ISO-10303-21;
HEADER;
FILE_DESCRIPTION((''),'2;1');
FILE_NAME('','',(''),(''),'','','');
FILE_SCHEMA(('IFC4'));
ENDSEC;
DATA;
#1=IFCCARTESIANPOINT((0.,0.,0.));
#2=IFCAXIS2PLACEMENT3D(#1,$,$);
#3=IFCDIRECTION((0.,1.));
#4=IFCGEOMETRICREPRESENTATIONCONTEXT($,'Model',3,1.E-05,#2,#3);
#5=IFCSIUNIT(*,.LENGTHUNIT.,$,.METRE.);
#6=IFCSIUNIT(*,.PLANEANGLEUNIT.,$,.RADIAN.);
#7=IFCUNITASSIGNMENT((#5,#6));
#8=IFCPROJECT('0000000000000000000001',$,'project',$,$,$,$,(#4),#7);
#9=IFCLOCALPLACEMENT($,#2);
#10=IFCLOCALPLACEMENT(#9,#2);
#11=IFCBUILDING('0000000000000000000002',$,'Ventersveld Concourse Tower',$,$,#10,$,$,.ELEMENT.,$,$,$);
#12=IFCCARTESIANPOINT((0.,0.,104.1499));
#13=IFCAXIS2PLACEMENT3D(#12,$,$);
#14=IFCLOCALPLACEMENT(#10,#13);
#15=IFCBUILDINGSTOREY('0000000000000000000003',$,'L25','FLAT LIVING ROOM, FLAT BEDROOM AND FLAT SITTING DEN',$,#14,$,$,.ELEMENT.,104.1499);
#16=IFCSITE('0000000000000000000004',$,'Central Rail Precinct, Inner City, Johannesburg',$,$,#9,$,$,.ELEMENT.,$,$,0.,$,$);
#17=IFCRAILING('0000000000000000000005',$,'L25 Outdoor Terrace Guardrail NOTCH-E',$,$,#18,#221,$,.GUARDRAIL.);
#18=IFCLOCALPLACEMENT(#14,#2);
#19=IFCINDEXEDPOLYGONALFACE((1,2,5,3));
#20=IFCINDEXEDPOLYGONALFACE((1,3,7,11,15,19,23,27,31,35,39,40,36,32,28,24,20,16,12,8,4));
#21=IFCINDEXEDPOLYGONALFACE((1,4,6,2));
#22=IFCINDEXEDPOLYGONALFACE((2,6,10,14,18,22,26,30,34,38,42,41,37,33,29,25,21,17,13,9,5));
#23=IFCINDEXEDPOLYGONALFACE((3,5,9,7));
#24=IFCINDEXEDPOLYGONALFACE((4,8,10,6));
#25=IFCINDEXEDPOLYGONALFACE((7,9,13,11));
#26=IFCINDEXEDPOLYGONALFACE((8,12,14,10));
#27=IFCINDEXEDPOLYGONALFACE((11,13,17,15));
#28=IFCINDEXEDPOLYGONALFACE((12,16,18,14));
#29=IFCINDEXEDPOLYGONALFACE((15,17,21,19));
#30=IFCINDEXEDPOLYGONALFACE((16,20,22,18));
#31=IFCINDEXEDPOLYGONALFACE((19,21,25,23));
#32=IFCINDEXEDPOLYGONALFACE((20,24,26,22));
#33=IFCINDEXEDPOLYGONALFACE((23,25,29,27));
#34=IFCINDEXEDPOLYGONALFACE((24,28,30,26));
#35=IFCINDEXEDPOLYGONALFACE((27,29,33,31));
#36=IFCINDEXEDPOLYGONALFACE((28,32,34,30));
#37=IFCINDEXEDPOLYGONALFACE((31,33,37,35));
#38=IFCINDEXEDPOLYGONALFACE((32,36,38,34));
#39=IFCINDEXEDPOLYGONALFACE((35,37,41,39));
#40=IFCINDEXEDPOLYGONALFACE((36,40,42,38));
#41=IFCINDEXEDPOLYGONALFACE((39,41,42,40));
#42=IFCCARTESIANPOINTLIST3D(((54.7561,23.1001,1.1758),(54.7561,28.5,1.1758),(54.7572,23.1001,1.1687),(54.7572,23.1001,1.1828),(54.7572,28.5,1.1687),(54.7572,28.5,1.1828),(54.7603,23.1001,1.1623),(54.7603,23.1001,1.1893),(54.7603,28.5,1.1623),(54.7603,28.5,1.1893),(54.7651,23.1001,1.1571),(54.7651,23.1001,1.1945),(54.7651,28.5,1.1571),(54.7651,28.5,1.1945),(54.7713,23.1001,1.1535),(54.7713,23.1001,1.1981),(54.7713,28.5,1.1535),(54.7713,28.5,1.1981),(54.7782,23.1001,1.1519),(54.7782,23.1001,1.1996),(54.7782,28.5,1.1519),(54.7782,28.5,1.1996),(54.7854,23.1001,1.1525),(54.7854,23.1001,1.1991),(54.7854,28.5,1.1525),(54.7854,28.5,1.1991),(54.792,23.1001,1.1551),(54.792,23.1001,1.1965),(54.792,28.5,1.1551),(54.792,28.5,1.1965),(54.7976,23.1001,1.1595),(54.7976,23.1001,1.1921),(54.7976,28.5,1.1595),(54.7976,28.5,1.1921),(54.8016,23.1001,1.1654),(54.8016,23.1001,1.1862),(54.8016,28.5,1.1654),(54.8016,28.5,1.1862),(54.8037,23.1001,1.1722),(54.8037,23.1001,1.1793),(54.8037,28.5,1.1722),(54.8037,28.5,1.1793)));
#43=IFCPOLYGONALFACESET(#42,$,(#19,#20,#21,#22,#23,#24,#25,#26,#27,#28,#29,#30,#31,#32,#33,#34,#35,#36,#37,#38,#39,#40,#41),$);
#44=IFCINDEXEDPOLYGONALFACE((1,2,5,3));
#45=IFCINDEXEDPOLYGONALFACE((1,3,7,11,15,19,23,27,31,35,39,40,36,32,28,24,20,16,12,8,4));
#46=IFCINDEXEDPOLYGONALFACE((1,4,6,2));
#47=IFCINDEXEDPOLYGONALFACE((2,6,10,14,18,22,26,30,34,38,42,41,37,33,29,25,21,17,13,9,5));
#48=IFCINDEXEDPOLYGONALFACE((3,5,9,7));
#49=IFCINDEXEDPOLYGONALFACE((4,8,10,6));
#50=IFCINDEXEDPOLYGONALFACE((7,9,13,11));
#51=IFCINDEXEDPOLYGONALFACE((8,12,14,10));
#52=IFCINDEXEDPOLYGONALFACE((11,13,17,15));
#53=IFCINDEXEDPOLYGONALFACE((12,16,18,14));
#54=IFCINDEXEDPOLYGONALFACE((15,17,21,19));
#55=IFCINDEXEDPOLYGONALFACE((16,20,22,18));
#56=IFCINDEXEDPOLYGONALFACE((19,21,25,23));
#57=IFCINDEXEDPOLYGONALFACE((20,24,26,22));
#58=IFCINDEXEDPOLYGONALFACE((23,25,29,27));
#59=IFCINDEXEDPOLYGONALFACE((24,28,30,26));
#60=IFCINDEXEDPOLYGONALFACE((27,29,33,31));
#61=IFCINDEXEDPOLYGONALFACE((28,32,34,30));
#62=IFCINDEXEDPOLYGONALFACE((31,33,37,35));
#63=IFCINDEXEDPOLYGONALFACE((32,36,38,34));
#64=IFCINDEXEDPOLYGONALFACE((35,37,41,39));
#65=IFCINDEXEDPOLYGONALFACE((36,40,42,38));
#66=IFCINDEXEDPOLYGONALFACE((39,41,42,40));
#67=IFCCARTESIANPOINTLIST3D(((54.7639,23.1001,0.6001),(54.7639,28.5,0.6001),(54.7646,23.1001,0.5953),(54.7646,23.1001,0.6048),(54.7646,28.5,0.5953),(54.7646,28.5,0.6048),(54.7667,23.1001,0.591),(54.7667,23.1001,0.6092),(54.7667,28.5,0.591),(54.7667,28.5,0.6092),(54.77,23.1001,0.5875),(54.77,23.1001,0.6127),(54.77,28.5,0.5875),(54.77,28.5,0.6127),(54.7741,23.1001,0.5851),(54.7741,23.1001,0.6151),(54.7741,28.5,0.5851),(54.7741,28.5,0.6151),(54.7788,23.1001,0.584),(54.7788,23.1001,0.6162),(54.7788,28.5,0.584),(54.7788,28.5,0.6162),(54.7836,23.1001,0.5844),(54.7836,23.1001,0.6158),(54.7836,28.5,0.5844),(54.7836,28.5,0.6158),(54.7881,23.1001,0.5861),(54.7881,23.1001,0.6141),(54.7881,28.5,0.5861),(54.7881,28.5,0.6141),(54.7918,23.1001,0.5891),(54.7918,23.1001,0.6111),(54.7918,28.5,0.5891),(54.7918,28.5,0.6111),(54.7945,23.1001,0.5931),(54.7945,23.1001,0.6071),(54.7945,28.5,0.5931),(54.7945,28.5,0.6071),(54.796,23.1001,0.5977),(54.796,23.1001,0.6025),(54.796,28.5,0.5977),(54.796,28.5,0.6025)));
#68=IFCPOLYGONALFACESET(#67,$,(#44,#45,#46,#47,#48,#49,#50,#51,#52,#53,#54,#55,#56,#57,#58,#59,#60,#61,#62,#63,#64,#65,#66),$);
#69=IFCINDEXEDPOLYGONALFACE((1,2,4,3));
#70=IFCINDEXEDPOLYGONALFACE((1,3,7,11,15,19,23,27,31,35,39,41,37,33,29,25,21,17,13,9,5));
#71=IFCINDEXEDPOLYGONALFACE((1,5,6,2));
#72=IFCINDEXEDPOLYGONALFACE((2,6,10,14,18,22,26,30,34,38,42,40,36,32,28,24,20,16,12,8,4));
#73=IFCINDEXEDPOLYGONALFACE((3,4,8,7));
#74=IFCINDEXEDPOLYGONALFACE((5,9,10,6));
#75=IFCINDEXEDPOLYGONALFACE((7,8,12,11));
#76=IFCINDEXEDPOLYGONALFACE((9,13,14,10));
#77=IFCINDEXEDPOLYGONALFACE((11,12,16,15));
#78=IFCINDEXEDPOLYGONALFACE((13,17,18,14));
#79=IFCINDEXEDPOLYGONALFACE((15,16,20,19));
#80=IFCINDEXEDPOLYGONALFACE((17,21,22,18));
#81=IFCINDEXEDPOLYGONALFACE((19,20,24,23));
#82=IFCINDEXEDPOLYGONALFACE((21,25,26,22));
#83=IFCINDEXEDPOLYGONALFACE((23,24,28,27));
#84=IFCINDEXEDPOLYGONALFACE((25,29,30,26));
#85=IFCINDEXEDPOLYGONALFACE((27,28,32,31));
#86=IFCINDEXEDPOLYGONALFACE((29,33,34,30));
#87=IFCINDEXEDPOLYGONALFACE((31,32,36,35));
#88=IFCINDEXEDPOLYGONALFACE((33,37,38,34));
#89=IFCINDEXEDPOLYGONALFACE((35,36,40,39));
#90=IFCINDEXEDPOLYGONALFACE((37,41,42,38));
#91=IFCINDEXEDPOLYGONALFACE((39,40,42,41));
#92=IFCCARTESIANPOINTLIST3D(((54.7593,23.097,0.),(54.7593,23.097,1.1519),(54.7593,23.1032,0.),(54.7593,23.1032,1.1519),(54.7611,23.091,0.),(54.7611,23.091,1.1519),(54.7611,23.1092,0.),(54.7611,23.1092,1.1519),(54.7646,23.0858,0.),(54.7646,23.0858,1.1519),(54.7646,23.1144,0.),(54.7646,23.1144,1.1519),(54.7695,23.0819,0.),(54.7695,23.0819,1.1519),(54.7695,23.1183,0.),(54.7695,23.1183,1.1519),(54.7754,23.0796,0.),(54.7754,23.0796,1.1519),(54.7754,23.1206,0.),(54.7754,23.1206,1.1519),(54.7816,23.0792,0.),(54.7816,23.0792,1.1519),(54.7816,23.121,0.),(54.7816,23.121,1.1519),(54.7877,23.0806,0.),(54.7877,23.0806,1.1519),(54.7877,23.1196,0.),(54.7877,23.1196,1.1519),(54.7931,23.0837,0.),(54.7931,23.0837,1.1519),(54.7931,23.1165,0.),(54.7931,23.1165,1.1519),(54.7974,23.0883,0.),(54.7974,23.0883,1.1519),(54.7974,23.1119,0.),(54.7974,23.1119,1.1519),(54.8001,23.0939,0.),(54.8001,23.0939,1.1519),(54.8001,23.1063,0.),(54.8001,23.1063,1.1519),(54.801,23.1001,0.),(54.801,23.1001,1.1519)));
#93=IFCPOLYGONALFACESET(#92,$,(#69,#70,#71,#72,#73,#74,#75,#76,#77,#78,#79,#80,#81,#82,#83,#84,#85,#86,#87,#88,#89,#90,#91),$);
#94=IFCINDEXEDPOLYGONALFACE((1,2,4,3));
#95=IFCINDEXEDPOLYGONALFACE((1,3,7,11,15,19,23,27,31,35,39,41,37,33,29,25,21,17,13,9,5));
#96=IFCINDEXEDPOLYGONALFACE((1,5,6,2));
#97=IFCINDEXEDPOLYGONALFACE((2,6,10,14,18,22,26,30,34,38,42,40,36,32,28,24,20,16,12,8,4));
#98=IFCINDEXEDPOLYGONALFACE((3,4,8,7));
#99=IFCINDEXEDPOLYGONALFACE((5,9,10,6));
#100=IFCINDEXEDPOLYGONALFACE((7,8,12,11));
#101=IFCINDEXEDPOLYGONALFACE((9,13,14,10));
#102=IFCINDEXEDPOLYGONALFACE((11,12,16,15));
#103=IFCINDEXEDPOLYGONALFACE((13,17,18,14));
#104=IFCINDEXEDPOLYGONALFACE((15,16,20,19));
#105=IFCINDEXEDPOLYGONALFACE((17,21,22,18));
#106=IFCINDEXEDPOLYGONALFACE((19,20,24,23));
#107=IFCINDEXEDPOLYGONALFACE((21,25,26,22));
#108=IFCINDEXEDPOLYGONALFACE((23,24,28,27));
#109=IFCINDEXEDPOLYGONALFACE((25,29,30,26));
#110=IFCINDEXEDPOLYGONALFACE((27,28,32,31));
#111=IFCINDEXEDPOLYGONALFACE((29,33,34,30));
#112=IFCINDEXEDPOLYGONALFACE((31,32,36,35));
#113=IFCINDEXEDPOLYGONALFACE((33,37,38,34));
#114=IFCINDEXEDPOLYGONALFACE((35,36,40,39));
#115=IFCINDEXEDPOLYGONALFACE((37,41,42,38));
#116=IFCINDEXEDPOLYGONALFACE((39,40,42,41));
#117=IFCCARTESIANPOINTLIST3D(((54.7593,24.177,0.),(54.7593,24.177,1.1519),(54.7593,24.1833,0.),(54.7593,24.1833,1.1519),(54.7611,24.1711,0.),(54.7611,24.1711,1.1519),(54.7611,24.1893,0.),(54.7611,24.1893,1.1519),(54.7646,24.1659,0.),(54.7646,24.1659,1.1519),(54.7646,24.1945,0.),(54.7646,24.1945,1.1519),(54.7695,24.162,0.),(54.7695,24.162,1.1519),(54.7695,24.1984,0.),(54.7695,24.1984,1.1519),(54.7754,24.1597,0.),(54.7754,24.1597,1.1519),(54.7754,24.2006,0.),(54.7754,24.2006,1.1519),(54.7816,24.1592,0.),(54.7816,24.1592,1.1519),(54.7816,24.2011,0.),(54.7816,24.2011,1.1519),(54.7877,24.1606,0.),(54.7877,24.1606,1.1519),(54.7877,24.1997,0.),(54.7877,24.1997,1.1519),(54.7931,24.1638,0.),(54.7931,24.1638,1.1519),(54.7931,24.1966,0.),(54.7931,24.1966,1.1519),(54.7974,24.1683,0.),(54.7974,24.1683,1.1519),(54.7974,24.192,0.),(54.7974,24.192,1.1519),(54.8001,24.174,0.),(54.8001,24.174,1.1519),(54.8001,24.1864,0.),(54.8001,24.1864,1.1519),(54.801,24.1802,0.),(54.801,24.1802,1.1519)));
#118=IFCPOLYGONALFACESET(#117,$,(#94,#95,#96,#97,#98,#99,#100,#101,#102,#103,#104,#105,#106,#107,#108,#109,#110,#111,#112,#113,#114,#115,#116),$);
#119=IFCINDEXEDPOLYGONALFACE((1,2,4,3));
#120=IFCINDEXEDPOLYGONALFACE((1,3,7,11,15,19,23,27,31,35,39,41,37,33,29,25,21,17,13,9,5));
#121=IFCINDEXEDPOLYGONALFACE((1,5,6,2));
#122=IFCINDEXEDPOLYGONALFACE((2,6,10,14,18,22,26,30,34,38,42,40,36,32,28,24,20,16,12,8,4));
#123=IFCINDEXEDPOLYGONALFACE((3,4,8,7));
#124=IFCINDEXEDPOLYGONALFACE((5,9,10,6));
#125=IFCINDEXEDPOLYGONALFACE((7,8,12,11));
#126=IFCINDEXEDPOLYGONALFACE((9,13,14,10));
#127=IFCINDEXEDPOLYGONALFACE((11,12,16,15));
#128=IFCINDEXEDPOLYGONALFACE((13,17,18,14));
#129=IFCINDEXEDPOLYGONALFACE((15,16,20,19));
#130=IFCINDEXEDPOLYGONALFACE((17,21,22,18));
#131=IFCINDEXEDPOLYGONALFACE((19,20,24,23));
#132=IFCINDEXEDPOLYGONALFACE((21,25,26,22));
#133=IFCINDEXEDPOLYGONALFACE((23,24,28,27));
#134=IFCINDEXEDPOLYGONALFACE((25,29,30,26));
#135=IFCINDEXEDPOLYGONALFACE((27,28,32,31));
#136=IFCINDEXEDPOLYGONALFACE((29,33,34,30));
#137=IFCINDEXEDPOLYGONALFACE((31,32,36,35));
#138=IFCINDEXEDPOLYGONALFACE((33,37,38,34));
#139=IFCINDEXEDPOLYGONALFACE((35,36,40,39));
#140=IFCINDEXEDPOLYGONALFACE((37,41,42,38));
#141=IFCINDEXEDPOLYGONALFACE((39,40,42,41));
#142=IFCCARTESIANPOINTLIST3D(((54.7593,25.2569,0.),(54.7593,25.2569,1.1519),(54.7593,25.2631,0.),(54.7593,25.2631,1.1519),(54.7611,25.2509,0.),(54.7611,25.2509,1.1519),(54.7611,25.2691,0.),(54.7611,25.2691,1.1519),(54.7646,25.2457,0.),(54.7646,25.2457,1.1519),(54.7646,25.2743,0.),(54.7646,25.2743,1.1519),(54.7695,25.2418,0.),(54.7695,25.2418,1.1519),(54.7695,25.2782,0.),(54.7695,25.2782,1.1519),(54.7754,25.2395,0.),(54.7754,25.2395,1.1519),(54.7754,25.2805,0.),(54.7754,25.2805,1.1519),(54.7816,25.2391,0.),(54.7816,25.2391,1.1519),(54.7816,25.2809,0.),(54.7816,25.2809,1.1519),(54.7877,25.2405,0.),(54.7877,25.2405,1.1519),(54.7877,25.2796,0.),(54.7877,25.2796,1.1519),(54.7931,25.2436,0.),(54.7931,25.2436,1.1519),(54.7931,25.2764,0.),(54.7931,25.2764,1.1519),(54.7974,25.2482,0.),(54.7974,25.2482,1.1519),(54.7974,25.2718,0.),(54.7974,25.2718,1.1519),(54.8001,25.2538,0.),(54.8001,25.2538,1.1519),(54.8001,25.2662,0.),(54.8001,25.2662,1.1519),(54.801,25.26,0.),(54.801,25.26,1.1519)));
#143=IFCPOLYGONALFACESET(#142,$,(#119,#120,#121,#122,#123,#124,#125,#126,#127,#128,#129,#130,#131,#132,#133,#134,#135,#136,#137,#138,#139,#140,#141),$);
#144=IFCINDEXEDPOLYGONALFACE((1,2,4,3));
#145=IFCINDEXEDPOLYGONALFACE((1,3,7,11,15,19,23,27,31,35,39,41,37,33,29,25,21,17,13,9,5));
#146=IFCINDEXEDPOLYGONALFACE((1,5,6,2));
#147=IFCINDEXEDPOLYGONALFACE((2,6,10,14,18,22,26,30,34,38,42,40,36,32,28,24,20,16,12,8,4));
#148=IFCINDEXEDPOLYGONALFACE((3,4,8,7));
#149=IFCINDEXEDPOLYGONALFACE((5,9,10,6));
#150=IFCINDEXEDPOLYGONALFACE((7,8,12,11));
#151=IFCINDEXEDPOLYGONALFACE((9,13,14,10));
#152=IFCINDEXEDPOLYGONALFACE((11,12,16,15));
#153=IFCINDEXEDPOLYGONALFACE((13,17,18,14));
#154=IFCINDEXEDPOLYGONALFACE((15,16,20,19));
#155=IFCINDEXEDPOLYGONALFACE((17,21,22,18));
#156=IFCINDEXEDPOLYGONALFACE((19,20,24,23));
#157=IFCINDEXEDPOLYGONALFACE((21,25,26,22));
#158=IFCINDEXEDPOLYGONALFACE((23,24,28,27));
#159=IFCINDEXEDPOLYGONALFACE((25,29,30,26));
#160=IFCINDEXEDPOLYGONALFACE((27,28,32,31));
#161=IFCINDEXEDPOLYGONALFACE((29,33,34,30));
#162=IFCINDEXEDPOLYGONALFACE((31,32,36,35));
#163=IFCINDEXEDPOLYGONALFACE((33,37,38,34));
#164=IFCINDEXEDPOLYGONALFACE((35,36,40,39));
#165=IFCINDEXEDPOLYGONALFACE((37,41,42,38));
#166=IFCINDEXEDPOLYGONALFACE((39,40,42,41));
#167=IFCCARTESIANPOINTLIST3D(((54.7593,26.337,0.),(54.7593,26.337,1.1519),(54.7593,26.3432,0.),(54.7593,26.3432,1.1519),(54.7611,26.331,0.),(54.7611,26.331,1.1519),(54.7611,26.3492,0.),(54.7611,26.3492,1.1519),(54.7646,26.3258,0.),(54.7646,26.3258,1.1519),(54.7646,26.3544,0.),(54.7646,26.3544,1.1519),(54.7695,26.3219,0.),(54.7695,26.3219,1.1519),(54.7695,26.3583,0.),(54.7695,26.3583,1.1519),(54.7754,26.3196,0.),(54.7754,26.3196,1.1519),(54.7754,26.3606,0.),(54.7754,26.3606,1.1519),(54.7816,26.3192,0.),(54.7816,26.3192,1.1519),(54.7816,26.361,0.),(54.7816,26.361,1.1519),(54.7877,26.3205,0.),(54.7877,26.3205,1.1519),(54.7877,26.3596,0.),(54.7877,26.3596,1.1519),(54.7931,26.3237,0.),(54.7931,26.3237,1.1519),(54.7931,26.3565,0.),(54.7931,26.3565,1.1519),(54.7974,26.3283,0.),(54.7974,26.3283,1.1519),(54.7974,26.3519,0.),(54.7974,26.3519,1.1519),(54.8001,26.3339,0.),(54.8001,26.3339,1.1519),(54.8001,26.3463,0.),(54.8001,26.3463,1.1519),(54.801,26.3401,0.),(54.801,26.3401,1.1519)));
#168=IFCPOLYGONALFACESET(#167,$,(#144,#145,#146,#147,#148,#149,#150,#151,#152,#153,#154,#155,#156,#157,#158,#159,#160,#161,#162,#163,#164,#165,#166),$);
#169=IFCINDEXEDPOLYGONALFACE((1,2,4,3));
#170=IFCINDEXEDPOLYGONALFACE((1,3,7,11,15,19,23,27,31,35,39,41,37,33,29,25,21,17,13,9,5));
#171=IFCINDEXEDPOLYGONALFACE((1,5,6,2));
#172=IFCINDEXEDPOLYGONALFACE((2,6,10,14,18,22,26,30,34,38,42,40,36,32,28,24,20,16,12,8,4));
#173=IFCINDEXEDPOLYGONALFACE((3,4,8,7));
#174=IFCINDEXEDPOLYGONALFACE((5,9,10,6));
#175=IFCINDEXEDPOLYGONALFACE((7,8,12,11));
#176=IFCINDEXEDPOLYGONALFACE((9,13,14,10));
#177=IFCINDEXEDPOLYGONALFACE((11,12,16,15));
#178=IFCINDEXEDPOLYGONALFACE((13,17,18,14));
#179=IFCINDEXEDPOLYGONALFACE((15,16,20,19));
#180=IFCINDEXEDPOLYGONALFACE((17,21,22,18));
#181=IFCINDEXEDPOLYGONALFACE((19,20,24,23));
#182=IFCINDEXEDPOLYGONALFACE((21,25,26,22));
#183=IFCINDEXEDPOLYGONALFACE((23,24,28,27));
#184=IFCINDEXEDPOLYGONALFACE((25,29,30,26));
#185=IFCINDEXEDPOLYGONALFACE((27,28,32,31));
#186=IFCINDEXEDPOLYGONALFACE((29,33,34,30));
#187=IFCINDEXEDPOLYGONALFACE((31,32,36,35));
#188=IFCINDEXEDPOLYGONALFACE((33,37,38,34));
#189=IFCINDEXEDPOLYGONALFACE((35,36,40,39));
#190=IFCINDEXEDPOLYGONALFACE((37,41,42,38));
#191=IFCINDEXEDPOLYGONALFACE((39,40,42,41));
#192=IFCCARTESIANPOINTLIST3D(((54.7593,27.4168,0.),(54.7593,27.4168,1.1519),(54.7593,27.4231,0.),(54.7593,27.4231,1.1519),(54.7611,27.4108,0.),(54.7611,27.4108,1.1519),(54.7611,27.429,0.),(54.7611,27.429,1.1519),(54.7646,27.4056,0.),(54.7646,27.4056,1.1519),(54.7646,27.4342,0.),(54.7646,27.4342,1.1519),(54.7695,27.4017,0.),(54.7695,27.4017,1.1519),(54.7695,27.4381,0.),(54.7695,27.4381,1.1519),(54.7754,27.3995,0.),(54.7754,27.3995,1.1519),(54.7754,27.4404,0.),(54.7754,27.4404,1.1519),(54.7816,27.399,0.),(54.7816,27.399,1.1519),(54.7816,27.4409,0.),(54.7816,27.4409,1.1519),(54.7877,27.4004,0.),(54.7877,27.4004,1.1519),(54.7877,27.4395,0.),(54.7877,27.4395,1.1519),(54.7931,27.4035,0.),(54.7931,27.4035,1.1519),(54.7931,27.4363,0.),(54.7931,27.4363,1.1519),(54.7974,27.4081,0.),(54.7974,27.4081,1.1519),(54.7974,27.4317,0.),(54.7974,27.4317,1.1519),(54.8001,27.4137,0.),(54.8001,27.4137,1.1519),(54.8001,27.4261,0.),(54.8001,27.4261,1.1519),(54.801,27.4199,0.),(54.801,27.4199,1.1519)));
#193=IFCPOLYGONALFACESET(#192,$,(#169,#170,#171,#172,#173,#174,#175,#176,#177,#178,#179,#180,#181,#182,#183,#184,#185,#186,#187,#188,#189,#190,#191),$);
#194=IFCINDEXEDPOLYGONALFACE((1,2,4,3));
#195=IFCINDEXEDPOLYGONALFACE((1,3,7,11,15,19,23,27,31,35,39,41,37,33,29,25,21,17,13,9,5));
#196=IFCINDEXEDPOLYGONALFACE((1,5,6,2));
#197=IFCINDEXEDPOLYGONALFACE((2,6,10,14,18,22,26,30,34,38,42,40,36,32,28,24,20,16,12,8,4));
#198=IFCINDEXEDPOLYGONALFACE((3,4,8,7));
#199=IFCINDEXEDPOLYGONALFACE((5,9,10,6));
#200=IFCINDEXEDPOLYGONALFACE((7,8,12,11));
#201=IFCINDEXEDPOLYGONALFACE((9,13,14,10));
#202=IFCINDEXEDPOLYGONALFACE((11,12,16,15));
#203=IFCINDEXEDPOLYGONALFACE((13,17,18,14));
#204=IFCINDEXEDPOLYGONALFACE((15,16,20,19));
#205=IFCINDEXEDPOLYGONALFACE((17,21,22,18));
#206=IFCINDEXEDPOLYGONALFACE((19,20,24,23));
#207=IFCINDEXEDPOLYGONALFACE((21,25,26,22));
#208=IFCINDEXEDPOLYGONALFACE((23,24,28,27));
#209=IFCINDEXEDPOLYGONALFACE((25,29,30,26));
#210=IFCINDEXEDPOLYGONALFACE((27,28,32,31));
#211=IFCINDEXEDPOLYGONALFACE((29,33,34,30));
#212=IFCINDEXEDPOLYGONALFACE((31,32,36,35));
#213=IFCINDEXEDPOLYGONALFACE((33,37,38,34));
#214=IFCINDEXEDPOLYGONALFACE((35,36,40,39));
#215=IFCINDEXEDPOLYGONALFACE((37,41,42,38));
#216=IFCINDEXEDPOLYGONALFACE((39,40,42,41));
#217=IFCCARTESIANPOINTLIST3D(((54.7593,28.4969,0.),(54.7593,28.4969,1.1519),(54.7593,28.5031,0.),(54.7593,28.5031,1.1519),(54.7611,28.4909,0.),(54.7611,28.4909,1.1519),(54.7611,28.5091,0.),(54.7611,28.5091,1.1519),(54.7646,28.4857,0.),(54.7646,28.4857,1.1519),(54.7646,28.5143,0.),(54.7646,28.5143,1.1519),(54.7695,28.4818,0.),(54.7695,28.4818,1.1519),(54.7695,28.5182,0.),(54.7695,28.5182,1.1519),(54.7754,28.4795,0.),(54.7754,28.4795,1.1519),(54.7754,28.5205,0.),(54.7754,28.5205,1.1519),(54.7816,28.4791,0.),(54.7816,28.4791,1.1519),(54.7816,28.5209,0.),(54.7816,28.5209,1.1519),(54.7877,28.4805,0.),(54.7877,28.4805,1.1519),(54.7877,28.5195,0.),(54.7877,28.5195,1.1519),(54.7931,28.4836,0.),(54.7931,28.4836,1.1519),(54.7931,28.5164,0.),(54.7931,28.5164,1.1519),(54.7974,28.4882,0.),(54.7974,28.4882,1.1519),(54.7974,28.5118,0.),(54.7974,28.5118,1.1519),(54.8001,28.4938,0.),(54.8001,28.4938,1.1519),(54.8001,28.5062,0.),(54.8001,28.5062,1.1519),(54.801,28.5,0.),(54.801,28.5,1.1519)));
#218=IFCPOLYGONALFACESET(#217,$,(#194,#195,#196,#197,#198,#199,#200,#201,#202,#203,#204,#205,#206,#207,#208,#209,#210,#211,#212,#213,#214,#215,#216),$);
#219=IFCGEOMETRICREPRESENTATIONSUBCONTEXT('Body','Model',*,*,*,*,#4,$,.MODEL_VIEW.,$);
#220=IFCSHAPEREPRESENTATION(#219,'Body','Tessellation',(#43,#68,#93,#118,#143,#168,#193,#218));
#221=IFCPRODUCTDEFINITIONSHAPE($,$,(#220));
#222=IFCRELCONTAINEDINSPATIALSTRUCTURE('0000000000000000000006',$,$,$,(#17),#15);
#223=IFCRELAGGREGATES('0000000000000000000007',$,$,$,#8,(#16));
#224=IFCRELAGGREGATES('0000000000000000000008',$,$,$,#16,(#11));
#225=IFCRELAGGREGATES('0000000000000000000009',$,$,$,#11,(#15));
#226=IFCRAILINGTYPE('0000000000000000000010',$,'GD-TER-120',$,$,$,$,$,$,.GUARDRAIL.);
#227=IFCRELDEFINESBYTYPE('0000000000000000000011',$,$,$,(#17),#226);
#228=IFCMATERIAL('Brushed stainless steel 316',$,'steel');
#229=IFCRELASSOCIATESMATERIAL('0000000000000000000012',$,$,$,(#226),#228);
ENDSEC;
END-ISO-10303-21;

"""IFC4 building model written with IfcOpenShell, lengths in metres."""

from ifc_helpers import new_model, si_unit, direction, frame, origin, origin_2d, place, context, subcontext, project, spatial, circle, extrude, material, type_object, element, save


model = new_model("IFC4")

# Units and contexts
model_context = context("Model", 3, precision=1e-05, world=origin(), true_north=direction((0.0, 1.0)))
body_context = subcontext(model_context, "Body", "Model", "MODEL_VIEW")
ifc_project = project(units=[si_unit("LENGTHUNIT", "METRE"), si_unit("PLANEANGLEUNIT", "RADIAN")], contexts=[model_context])

# Site, building, storey
site_placement = place(None, origin())
site = spatial("IfcSite", under=ifc_project, at=site_placement, Name="Central Rail Precinct, Inner City, Johannesburg", CompositionType="ELEMENT", RefElevation=0.0)
building_placement = place(site_placement, origin())
building = spatial("IfcBuilding", under=site, at=building_placement, Name="Ventersveld Concourse Tower", CompositionType="ELEMENT")
storey_placement = place(building_placement, frame((0.0, 0.0, 104.1499)))
storey = spatial("IfcBuildingStorey", under=building, at=storey_placement, Name="L25", Description="FLAT LIVING ROOM, FLAT BEDROOM AND FLAT SITTING DEN", CompositionType="ELEMENT", Elevation=104.1499)

# Railing
ifc_material_1 = material(Name="Brushed stainless steel 316", Category="steel")
railing_type = type_object("IfcRailingType", Name="GD-TER-120", PredefinedType="GUARDRAIL", material=ifc_material_1)
railing_placement = place(storey_placement, frame((54.78, 23.1001, 0.0)))
element("IfcRailing", 1, at=railing_placement, inside=storey, type_object=railing_type, Name="L25 Outdoor Terrace Guardrail NOTCH-E", PredefinedType="GUARDRAIL", context=body_context, shape_type="SweptSolid", body=[
    extrude(circle(Radius=0.0239, at=origin_2d()), frame((0.0, 0.0, 1.1758), z_axis=(0.0, 1.0, 0.0), x_axis=(-1.0, 0.0, 0.0)), (0.0, 0.0, 1.0), 5.3999),
    extrude(circle(Radius=0.0161, at=origin_2d()), frame((0.0, 0.0, 0.6001), z_axis=(0.0, 1.0, 0.0), x_axis=(-1.0, 0.0, 0.0)), (0.0, 0.0, 1.0), 5.3999),
    extrude(circle(Radius=0.021, at=origin_2d()), origin(), (0.0, 0.0, 1.0), 1.1519),
    extrude(circle(Radius=0.021, at=origin_2d()), frame((0.0, 1.0801, 0.0)), (0.0, 0.0, 1.0), 1.1519),
    extrude(circle(Radius=0.021, at=origin_2d()), frame((0.0, 2.1599, 0.0)), (0.0, 0.0, 1.0), 1.1519),
    extrude(circle(Radius=0.021, at=origin_2d()), frame((0.0, 3.24, 0.0)), (0.0, 0.0, 1.0), 1.1519),
    extrude(circle(Radius=0.021, at=origin_2d()), frame((0.0, 4.3198, 0.0)), (0.0, 0.0, 1.0), 1.1519),
    extrude(circle(Radius=0.021, at=origin_2d()), frame((0.0, 5.3999, 0.0)), (0.0, 0.0, 1.0), 1.1519),
])

save(model, "model.ifc")
